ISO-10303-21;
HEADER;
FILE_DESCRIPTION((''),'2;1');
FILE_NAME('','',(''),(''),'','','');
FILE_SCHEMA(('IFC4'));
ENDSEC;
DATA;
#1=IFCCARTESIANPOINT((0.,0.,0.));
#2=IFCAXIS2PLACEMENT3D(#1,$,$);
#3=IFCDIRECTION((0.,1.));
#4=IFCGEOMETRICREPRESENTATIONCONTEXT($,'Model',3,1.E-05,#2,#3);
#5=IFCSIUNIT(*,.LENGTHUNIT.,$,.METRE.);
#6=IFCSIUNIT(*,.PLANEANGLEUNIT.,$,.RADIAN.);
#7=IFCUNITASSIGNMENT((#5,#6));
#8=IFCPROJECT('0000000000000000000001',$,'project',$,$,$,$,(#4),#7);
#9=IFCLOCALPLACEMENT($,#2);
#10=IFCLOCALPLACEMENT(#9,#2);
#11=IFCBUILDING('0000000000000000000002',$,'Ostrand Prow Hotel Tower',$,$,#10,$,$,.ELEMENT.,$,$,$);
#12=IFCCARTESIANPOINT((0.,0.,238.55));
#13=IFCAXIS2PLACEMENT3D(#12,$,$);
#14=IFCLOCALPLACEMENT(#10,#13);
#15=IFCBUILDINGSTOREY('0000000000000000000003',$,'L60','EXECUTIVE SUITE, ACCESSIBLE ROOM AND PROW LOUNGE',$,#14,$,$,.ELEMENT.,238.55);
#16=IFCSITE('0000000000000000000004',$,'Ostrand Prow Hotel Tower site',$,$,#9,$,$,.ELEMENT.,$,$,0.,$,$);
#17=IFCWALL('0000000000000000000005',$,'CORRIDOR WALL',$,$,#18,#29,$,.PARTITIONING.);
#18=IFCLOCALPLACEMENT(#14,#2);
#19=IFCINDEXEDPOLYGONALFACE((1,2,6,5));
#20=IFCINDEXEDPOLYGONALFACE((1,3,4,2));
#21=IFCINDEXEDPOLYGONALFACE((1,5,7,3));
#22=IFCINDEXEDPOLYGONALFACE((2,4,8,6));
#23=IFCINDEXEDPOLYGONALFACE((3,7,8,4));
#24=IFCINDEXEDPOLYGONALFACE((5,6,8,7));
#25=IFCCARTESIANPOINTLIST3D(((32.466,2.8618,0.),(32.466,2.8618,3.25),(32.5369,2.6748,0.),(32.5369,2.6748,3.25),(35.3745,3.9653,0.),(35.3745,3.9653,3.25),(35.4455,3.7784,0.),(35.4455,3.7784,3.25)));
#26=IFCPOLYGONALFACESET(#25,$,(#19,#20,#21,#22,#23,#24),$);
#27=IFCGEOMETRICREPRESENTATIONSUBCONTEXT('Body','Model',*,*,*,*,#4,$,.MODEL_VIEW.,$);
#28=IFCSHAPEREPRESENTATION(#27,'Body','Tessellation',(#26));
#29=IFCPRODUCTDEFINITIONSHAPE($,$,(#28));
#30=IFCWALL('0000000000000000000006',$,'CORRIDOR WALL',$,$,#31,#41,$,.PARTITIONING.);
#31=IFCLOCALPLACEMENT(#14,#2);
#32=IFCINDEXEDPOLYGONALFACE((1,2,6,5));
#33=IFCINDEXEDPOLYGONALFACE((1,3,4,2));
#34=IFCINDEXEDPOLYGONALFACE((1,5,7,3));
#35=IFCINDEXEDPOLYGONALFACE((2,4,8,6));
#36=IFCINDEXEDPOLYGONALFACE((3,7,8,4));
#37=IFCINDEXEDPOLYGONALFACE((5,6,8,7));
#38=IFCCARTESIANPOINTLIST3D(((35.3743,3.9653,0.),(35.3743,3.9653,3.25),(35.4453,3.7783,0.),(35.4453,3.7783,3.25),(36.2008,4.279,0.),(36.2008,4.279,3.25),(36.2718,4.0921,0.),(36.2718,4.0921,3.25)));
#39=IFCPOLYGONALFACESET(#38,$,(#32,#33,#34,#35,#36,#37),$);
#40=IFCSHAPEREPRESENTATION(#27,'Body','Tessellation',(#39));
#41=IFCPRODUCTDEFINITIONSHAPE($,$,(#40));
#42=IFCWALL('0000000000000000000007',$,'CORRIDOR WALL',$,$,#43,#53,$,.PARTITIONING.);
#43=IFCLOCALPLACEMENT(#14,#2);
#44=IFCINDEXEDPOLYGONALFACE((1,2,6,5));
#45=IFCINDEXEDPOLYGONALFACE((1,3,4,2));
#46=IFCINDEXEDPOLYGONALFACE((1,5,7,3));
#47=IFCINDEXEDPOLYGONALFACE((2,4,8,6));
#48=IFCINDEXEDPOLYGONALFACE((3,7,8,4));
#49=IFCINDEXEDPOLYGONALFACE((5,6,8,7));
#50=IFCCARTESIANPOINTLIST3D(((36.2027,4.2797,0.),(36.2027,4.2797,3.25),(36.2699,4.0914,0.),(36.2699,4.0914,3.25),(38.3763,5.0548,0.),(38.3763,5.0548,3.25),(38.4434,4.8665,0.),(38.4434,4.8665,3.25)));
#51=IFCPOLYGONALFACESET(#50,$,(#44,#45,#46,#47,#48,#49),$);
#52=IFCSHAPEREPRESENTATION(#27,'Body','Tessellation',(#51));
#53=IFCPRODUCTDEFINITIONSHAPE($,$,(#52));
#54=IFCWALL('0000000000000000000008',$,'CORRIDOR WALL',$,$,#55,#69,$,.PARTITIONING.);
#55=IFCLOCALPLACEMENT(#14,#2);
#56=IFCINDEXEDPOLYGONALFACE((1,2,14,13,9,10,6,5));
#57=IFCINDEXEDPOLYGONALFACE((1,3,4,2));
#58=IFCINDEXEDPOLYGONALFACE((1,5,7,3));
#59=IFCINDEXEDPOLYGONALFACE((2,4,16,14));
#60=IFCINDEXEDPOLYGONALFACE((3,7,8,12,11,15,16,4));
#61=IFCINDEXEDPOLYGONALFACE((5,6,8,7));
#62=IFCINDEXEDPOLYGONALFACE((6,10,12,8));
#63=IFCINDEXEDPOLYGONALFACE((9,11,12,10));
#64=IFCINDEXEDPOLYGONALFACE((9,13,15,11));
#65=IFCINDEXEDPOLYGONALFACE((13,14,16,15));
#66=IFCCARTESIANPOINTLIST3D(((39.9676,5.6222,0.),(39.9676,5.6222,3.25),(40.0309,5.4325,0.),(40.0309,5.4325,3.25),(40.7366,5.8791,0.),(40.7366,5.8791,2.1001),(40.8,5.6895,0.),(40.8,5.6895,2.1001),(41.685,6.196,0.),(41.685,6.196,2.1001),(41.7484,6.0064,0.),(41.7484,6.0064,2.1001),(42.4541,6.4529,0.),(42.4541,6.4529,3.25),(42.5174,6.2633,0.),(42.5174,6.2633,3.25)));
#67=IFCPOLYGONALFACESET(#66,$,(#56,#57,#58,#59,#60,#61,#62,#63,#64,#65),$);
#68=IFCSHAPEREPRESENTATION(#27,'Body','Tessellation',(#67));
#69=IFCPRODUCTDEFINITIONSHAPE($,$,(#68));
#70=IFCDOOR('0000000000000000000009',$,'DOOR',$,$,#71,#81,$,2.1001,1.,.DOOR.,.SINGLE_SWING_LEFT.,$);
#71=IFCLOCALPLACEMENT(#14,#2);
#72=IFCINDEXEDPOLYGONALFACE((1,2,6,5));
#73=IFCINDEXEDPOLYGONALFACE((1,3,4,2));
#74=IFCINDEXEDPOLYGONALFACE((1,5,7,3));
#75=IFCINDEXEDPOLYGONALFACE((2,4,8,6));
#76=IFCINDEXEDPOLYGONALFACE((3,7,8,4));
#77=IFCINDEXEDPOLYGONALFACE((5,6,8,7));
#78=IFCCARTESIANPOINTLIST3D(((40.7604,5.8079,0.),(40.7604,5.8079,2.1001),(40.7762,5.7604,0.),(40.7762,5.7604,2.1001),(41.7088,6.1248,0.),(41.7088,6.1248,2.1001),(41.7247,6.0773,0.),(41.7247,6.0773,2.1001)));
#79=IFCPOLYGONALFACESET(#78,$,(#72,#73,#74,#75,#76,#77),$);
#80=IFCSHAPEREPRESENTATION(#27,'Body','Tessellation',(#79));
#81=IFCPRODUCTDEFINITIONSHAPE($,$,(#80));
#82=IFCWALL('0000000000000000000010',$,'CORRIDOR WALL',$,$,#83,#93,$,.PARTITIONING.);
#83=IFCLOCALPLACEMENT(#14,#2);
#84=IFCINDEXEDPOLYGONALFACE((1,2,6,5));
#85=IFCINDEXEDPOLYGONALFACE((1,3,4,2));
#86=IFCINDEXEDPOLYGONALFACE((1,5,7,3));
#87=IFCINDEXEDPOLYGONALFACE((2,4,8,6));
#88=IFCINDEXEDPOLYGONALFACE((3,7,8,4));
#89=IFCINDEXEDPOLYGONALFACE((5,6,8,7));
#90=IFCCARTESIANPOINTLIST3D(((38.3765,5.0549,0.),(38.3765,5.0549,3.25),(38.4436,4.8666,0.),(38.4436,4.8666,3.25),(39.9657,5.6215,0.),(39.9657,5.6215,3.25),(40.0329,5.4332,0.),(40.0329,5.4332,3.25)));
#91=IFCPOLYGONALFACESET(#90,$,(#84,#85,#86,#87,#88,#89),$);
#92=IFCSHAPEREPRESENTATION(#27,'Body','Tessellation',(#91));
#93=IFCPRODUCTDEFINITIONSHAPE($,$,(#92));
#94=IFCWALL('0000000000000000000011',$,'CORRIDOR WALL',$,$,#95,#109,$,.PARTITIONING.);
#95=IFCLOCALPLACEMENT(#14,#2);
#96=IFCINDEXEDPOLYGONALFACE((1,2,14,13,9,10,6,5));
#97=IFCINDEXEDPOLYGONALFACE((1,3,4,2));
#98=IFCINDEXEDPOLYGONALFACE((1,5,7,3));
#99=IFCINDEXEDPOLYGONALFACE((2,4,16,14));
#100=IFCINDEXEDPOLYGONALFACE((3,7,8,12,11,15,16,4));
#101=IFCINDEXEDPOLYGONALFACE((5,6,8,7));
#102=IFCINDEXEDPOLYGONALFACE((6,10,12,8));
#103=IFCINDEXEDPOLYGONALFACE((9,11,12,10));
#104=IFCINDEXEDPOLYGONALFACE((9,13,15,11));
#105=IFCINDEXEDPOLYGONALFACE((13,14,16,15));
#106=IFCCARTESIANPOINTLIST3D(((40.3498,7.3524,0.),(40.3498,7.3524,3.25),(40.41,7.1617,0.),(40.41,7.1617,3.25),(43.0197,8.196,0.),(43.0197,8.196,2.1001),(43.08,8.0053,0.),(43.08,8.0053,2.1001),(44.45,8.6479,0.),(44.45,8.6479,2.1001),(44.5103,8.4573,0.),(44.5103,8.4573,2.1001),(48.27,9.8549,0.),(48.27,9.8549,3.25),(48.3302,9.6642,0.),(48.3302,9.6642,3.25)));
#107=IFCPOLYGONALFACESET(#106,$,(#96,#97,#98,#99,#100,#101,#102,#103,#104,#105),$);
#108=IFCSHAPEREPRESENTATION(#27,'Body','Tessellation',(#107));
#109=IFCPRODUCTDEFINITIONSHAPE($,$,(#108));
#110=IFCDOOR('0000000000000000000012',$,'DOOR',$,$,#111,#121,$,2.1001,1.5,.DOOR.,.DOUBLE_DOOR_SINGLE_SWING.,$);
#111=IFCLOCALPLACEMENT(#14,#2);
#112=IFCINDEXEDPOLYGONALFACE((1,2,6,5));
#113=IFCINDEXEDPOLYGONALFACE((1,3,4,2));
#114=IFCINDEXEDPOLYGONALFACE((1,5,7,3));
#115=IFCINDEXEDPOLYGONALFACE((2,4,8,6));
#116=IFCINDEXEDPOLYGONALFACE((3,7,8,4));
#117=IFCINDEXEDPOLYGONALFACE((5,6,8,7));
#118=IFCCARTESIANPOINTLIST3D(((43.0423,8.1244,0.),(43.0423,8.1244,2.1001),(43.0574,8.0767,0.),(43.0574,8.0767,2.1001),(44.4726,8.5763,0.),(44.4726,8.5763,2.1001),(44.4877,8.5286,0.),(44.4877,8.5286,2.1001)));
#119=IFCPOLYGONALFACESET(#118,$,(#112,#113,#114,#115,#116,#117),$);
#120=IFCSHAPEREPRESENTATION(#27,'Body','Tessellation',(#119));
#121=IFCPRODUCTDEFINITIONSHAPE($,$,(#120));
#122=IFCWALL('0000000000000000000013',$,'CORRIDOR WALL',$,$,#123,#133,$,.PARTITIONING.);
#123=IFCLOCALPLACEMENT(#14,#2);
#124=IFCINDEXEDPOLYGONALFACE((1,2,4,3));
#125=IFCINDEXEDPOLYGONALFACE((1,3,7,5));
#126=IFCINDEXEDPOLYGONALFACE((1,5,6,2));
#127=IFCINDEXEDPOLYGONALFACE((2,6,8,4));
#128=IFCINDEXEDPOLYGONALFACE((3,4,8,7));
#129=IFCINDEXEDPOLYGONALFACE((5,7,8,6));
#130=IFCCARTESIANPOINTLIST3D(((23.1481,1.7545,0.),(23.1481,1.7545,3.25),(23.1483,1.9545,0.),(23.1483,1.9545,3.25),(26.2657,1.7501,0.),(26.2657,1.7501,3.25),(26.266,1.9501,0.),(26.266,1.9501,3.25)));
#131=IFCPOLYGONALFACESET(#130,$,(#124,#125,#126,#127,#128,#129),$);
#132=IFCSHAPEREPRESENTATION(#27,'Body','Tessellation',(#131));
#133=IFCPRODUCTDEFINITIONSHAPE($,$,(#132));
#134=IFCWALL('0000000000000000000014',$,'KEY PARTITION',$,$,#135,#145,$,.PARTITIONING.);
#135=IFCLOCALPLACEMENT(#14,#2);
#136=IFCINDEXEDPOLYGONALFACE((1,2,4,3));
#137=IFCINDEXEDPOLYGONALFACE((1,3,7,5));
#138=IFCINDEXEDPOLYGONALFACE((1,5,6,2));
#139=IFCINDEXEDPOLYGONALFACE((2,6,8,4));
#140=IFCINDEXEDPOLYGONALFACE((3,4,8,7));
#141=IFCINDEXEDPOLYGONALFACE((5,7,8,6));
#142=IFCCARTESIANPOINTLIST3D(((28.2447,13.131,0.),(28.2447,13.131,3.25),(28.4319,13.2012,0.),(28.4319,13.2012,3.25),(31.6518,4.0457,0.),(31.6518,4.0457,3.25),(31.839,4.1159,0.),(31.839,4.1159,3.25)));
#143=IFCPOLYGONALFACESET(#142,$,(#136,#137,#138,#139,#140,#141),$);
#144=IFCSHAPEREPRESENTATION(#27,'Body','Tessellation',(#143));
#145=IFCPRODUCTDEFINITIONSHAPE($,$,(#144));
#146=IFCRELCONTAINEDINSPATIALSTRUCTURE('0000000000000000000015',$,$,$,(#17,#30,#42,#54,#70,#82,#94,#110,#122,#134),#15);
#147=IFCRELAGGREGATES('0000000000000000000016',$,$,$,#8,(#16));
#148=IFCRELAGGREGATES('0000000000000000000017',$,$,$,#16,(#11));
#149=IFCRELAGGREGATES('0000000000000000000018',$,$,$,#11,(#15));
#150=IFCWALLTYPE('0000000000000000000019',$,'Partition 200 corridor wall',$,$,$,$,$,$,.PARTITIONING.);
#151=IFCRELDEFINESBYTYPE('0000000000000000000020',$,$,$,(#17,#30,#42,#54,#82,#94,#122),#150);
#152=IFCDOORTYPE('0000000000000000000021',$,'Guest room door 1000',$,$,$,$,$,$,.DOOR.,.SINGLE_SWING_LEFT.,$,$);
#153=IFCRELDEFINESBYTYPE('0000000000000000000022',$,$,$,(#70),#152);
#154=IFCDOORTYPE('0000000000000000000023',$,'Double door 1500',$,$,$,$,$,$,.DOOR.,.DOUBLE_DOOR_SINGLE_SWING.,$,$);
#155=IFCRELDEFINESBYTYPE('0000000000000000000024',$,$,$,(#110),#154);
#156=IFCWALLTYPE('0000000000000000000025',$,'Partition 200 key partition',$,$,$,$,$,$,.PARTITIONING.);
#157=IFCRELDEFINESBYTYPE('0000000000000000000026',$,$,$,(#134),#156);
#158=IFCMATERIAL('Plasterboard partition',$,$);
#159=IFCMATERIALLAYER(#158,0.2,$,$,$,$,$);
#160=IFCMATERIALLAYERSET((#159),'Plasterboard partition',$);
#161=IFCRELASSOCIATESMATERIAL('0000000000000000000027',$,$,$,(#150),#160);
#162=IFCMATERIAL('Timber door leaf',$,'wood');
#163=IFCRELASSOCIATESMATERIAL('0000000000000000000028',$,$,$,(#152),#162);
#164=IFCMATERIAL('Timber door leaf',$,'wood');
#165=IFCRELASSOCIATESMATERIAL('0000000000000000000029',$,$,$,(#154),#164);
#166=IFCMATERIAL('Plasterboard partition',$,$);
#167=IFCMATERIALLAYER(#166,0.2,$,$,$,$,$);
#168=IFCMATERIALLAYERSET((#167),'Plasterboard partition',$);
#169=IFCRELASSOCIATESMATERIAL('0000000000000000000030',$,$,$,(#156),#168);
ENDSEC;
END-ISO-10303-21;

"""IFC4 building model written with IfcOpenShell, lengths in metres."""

from ifc_helpers import new_model, si_unit, direction, frame, frame_2d, origin, place, context, subcontext, project, spatial, rectangle, extrude, material, layer, layer_set, type_object, element, fill, save


model = new_model("IFC4")

# Units and contexts
model_context = context("Model", 3, precision=1e-05, world=origin(), true_north=direction((0.0, 1.0)))
body_context = subcontext(model_context, "Body", "Model", "MODEL_VIEW")
ifc_project = project(units=[si_unit("LENGTHUNIT", "METRE"), si_unit("PLANEANGLEUNIT", "RADIAN")], contexts=[model_context])

# Site, building, storey
site_placement = place(None, origin())
site = spatial("IfcSite", under=ifc_project, at=site_placement, Name="Ostrand Prow Hotel Tower site", CompositionType="ELEMENT", RefElevation=0.0)
building_placement = place(site_placement, origin())
building = spatial("IfcBuilding", under=site, at=building_placement, Name="Ostrand Prow Hotel Tower", CompositionType="ELEMENT")
storey_placement = place(building_placement, frame((0.0, 0.0, 238.55)))
storey = spatial("IfcBuildingStorey", under=building, at=storey_placement, Name="L60", Description="EXECUTIVE SUITE, ACCESSIBLE ROOM AND PROW LOUNGE", CompositionType="ELEMENT", Elevation=238.55)

# Shared definitions
ifc_material_1 = material(Name="Plasterboard partition")
ifc_layer_1 = layer(ifc_material_1, 0.2)
ifc_layer_set_1 = layer_set([ifc_layer_1], Name="Plasterboard partition")
wall_type_1 = type_object("IfcWallType", Name="Partition 200 corridor wall", PredefinedType="PARTITIONING", material=ifc_layer_set_1)

# Walls
wall_1_placement = place(storey_placement, frame((32.5015, 2.7683, 0.0), z_axis=(0.0, 0.0, 1.0), x_axis=(0.934964, 0.354742, 0.0)))
element("IfcWall", 1, at=wall_1_placement, inside=storey, type_object=wall_type_1, Name="CORRIDOR WALL", PredefinedType="PARTITIONING", context=body_context, shape_type="SweptSolid", body=[
    extrude(rectangle(XDim=3.1108, YDim=0.2, at=frame_2d((1.5554, 0.0))), origin(), (0.0, 0.0, 1.0), 3.25),
])
wall_2_placement = place(storey_placement, frame((35.4099, 3.8718, 0.0), z_axis=(0.0, 0.0, 1.0), x_axis=(0.934903, 0.354904, 0.0)))
element("IfcWall", 2, at=wall_2_placement, inside=storey, type_object=wall_type_1, Name="CORRIDOR WALL", PredefinedType="PARTITIONING", context=body_context, shape_type="SweptSolid", body=[
    extrude(rectangle(XDim=0.884, YDim=0.2, at=frame_2d((0.4419, 0.0))), origin(), (0.0, 0.0, 1.0), 3.25),
])
wall_3_placement = place(storey_placement, frame((36.2363, 4.1855, 0.0), z_axis=(0.0, 0.0, 1.0), x_axis=(0.941897, 0.335901, 0.0)))
element("IfcWall", 3, at=wall_3_placement, inside=storey, type_object=wall_type_1, Name="CORRIDOR WALL", PredefinedType="PARTITIONING", context=body_context, shape_type="SweptSolid", body=[
    extrude(rectangle(XDim=2.3076, YDim=0.2, at=frame_2d((1.1538, 0.0))), origin(), (0.0, 0.0, 1.0), 3.25),
])

# Wall, opening, door
wall_4_placement = place(storey_placement, frame((39.9993, 5.5273, 0.0), z_axis=(0.0, 0.0, 1.0), x_axis=(0.94846, 0.316898, 0.0)))
wall_4 = element("IfcWall", 4, at=wall_4_placement, inside=storey, type_object=wall_type_1, Name="CORRIDOR WALL", PredefinedType="PARTITIONING", context=body_context, shape_type="SweptSolid", body=[
    extrude(rectangle(XDim=2.6216, YDim=0.2, at=frame_2d((1.3108, 0.0))), origin(), (0.0, 0.0, 1.0), 3.25),
])
opening_1_placement = place(wall_4_placement, frame((0.8108, 0.0, 0.0)))
opening_1 = element("IfcOpeningElement", 5, at=opening_1_placement, cuts=wall_4, PredefinedType="OPENING", context=body_context, shape_type="SweptSolid", body=[
    extrude(rectangle(XDim=1.0, YDim=2.1001, at=frame_2d((0.5, 1.05))), frame((0.0, 0.1099, 0.0), z_axis=(0.0, -1.0, 0.0), x_axis=(1.0, 0.0, 0.0)), (0.0, 0.0, 1.0), 0.22),
])
ifc_material_2 = material(Name="Timber door leaf", Category="wood")
door_type_1 = type_object("IfcDoorType", Name="Guest room door 1000", OperationType="SINGLE_SWING_LEFT", PredefinedType="DOOR", material=ifc_material_2)
door_1_placement = place(opening_1_placement, origin())
door_1 = element("IfcDoor", 6, at=door_1_placement, inside=storey, type_object=door_type_1, Name="DOOR", OperationType="SINGLE_SWING_LEFT", OverallHeight=2.1001, OverallWidth=1.0, PredefinedType="DOOR", context=body_context, shape_type="SweptSolid", body=[
    extrude(rectangle(XDim=1.0, YDim=2.1001, at=frame_2d((0.5, 1.05))), frame((0.0, 0.0249, 0.0), z_axis=(0.0, -1.0, 0.0), x_axis=(1.0, 0.0, 0.0)), (0.0, 0.0, 1.0), 0.05),
])
fill(opening_1, door_1)

# Wall
wall_5_placement = place(storey_placement, frame((38.4099, 4.9607, 0.0), z_axis=(0.0, 0.0, 1.0), x_axis=(0.941925, 0.335823, 0.0)))
element("IfcWall", 7, at=wall_5_placement, inside=storey, type_object=wall_type_1, Name="CORRIDOR WALL", PredefinedType="PARTITIONING", context=body_context, shape_type="SweptSolid", body=[
    extrude(rectangle(XDim=1.6873, YDim=0.2, at=frame_2d((0.8438, 0.0))), origin(), (0.0, 0.0, 1.0), 3.25),
])

# Wall, opening, door
wall_6_placement = place(storey_placement, frame((40.3799, 7.2571, 0.0), z_axis=(0.0, 0.0, 1.0), x_axis=(0.953536, 0.301278, 0.0)))
wall_6 = element("IfcWall", 8, at=wall_6_placement, inside=storey, type_object=wall_type_1, Name="CORRIDOR WALL", PredefinedType="PARTITIONING", context=body_context, shape_type="SweptSolid", body=[
    extrude(rectangle(XDim=8.3062, YDim=0.2, at=frame_2d((4.1531, 0.0))), origin(), (0.0, 0.0, 1.0), 3.25),
])
opening_2_placement = place(wall_6_placement, frame((2.8, 0.0, 0.0)))
opening_2 = element("IfcOpeningElement", 9, at=opening_2_placement, cuts=wall_6, PredefinedType="OPENING", context=body_context, shape_type="SweptSolid", body=[
    extrude(rectangle(XDim=1.5, YDim=2.1001, at=frame_2d((0.75, 1.05))), frame((0.0, 0.1099, 0.0), z_axis=(0.0, -1.0, 0.0), x_axis=(1.0, 0.0, 0.0)), (0.0, 0.0, 1.0), 0.22),
])
ifc_material_3 = material(Name="Timber door leaf", Category="wood")
door_type_2 = type_object("IfcDoorType", Name="Double door 1500", OperationType="DOUBLE_DOOR_SINGLE_SWING", PredefinedType="DOOR", material=ifc_material_3)
door_2_placement = place(opening_2_placement, origin())
door_2 = element("IfcDoor", 10, at=door_2_placement, inside=storey, type_object=door_type_2, Name="DOOR", OperationType="DOUBLE_DOOR_SINGLE_SWING", OverallHeight=2.1001, OverallWidth=1.5, PredefinedType="DOOR", context=body_context, shape_type="SweptSolid", body=[
    extrude(rectangle(XDim=1.5, YDim=2.1001, at=frame_2d((0.75, 1.05))), frame((0.0, 0.0249, 0.0), z_axis=(0.0, -1.0, 0.0), x_axis=(1.0, 0.0, 0.0)), (0.0, 0.0, 1.0), 0.05),
])
fill(opening_2, door_2)

# Walls
wall_7_placement = place(storey_placement, frame((26.2659, 1.8501, 0.0), z_axis=(0.0, 0.0, 1.0), x_axis=(-0.999999, 0.00141, 0.0)))
element("IfcWall", 11, at=wall_7_placement, inside=storey, type_object=wall_type_1, Name="CORRIDOR WALL", PredefinedType="PARTITIONING", context=body_context, shape_type="SweptSolid", body=[
    extrude(rectangle(XDim=3.1177, YDim=0.2, at=frame_2d((1.5588, 0.0))), origin(), (0.0, 0.0, 1.0), 3.25),
])
ifc_material_4 = material(Name="Plasterboard partition")
ifc_layer_2 = layer(ifc_material_4, 0.2)
ifc_layer_set_2 = layer_set([ifc_layer_2], Name="Plasterboard partition")
wall_type_2 = type_object("IfcWallType", Name="Partition 200 key partition", PredefinedType="PARTITIONING", material=ifc_layer_set_2)
wall_8_placement = place(storey_placement, frame((31.7454, 4.0808, 0.0), z_axis=(0.0, 0.0, 1.0), x_axis=(-0.351126, 0.936328, 0.0)))
element("IfcWall", 12, at=wall_8_placement, inside=storey, type_object=wall_type_2, Name="KEY PARTITION", PredefinedType="PARTITIONING", context=body_context, shape_type="SweptSolid", body=[
    extrude(rectangle(XDim=9.7031, YDim=0.2, at=frame_2d((4.8516, 0.0))), origin(), (0.0, 0.0, 1.0), 3.25),
])

save(model, "model.ifc")
